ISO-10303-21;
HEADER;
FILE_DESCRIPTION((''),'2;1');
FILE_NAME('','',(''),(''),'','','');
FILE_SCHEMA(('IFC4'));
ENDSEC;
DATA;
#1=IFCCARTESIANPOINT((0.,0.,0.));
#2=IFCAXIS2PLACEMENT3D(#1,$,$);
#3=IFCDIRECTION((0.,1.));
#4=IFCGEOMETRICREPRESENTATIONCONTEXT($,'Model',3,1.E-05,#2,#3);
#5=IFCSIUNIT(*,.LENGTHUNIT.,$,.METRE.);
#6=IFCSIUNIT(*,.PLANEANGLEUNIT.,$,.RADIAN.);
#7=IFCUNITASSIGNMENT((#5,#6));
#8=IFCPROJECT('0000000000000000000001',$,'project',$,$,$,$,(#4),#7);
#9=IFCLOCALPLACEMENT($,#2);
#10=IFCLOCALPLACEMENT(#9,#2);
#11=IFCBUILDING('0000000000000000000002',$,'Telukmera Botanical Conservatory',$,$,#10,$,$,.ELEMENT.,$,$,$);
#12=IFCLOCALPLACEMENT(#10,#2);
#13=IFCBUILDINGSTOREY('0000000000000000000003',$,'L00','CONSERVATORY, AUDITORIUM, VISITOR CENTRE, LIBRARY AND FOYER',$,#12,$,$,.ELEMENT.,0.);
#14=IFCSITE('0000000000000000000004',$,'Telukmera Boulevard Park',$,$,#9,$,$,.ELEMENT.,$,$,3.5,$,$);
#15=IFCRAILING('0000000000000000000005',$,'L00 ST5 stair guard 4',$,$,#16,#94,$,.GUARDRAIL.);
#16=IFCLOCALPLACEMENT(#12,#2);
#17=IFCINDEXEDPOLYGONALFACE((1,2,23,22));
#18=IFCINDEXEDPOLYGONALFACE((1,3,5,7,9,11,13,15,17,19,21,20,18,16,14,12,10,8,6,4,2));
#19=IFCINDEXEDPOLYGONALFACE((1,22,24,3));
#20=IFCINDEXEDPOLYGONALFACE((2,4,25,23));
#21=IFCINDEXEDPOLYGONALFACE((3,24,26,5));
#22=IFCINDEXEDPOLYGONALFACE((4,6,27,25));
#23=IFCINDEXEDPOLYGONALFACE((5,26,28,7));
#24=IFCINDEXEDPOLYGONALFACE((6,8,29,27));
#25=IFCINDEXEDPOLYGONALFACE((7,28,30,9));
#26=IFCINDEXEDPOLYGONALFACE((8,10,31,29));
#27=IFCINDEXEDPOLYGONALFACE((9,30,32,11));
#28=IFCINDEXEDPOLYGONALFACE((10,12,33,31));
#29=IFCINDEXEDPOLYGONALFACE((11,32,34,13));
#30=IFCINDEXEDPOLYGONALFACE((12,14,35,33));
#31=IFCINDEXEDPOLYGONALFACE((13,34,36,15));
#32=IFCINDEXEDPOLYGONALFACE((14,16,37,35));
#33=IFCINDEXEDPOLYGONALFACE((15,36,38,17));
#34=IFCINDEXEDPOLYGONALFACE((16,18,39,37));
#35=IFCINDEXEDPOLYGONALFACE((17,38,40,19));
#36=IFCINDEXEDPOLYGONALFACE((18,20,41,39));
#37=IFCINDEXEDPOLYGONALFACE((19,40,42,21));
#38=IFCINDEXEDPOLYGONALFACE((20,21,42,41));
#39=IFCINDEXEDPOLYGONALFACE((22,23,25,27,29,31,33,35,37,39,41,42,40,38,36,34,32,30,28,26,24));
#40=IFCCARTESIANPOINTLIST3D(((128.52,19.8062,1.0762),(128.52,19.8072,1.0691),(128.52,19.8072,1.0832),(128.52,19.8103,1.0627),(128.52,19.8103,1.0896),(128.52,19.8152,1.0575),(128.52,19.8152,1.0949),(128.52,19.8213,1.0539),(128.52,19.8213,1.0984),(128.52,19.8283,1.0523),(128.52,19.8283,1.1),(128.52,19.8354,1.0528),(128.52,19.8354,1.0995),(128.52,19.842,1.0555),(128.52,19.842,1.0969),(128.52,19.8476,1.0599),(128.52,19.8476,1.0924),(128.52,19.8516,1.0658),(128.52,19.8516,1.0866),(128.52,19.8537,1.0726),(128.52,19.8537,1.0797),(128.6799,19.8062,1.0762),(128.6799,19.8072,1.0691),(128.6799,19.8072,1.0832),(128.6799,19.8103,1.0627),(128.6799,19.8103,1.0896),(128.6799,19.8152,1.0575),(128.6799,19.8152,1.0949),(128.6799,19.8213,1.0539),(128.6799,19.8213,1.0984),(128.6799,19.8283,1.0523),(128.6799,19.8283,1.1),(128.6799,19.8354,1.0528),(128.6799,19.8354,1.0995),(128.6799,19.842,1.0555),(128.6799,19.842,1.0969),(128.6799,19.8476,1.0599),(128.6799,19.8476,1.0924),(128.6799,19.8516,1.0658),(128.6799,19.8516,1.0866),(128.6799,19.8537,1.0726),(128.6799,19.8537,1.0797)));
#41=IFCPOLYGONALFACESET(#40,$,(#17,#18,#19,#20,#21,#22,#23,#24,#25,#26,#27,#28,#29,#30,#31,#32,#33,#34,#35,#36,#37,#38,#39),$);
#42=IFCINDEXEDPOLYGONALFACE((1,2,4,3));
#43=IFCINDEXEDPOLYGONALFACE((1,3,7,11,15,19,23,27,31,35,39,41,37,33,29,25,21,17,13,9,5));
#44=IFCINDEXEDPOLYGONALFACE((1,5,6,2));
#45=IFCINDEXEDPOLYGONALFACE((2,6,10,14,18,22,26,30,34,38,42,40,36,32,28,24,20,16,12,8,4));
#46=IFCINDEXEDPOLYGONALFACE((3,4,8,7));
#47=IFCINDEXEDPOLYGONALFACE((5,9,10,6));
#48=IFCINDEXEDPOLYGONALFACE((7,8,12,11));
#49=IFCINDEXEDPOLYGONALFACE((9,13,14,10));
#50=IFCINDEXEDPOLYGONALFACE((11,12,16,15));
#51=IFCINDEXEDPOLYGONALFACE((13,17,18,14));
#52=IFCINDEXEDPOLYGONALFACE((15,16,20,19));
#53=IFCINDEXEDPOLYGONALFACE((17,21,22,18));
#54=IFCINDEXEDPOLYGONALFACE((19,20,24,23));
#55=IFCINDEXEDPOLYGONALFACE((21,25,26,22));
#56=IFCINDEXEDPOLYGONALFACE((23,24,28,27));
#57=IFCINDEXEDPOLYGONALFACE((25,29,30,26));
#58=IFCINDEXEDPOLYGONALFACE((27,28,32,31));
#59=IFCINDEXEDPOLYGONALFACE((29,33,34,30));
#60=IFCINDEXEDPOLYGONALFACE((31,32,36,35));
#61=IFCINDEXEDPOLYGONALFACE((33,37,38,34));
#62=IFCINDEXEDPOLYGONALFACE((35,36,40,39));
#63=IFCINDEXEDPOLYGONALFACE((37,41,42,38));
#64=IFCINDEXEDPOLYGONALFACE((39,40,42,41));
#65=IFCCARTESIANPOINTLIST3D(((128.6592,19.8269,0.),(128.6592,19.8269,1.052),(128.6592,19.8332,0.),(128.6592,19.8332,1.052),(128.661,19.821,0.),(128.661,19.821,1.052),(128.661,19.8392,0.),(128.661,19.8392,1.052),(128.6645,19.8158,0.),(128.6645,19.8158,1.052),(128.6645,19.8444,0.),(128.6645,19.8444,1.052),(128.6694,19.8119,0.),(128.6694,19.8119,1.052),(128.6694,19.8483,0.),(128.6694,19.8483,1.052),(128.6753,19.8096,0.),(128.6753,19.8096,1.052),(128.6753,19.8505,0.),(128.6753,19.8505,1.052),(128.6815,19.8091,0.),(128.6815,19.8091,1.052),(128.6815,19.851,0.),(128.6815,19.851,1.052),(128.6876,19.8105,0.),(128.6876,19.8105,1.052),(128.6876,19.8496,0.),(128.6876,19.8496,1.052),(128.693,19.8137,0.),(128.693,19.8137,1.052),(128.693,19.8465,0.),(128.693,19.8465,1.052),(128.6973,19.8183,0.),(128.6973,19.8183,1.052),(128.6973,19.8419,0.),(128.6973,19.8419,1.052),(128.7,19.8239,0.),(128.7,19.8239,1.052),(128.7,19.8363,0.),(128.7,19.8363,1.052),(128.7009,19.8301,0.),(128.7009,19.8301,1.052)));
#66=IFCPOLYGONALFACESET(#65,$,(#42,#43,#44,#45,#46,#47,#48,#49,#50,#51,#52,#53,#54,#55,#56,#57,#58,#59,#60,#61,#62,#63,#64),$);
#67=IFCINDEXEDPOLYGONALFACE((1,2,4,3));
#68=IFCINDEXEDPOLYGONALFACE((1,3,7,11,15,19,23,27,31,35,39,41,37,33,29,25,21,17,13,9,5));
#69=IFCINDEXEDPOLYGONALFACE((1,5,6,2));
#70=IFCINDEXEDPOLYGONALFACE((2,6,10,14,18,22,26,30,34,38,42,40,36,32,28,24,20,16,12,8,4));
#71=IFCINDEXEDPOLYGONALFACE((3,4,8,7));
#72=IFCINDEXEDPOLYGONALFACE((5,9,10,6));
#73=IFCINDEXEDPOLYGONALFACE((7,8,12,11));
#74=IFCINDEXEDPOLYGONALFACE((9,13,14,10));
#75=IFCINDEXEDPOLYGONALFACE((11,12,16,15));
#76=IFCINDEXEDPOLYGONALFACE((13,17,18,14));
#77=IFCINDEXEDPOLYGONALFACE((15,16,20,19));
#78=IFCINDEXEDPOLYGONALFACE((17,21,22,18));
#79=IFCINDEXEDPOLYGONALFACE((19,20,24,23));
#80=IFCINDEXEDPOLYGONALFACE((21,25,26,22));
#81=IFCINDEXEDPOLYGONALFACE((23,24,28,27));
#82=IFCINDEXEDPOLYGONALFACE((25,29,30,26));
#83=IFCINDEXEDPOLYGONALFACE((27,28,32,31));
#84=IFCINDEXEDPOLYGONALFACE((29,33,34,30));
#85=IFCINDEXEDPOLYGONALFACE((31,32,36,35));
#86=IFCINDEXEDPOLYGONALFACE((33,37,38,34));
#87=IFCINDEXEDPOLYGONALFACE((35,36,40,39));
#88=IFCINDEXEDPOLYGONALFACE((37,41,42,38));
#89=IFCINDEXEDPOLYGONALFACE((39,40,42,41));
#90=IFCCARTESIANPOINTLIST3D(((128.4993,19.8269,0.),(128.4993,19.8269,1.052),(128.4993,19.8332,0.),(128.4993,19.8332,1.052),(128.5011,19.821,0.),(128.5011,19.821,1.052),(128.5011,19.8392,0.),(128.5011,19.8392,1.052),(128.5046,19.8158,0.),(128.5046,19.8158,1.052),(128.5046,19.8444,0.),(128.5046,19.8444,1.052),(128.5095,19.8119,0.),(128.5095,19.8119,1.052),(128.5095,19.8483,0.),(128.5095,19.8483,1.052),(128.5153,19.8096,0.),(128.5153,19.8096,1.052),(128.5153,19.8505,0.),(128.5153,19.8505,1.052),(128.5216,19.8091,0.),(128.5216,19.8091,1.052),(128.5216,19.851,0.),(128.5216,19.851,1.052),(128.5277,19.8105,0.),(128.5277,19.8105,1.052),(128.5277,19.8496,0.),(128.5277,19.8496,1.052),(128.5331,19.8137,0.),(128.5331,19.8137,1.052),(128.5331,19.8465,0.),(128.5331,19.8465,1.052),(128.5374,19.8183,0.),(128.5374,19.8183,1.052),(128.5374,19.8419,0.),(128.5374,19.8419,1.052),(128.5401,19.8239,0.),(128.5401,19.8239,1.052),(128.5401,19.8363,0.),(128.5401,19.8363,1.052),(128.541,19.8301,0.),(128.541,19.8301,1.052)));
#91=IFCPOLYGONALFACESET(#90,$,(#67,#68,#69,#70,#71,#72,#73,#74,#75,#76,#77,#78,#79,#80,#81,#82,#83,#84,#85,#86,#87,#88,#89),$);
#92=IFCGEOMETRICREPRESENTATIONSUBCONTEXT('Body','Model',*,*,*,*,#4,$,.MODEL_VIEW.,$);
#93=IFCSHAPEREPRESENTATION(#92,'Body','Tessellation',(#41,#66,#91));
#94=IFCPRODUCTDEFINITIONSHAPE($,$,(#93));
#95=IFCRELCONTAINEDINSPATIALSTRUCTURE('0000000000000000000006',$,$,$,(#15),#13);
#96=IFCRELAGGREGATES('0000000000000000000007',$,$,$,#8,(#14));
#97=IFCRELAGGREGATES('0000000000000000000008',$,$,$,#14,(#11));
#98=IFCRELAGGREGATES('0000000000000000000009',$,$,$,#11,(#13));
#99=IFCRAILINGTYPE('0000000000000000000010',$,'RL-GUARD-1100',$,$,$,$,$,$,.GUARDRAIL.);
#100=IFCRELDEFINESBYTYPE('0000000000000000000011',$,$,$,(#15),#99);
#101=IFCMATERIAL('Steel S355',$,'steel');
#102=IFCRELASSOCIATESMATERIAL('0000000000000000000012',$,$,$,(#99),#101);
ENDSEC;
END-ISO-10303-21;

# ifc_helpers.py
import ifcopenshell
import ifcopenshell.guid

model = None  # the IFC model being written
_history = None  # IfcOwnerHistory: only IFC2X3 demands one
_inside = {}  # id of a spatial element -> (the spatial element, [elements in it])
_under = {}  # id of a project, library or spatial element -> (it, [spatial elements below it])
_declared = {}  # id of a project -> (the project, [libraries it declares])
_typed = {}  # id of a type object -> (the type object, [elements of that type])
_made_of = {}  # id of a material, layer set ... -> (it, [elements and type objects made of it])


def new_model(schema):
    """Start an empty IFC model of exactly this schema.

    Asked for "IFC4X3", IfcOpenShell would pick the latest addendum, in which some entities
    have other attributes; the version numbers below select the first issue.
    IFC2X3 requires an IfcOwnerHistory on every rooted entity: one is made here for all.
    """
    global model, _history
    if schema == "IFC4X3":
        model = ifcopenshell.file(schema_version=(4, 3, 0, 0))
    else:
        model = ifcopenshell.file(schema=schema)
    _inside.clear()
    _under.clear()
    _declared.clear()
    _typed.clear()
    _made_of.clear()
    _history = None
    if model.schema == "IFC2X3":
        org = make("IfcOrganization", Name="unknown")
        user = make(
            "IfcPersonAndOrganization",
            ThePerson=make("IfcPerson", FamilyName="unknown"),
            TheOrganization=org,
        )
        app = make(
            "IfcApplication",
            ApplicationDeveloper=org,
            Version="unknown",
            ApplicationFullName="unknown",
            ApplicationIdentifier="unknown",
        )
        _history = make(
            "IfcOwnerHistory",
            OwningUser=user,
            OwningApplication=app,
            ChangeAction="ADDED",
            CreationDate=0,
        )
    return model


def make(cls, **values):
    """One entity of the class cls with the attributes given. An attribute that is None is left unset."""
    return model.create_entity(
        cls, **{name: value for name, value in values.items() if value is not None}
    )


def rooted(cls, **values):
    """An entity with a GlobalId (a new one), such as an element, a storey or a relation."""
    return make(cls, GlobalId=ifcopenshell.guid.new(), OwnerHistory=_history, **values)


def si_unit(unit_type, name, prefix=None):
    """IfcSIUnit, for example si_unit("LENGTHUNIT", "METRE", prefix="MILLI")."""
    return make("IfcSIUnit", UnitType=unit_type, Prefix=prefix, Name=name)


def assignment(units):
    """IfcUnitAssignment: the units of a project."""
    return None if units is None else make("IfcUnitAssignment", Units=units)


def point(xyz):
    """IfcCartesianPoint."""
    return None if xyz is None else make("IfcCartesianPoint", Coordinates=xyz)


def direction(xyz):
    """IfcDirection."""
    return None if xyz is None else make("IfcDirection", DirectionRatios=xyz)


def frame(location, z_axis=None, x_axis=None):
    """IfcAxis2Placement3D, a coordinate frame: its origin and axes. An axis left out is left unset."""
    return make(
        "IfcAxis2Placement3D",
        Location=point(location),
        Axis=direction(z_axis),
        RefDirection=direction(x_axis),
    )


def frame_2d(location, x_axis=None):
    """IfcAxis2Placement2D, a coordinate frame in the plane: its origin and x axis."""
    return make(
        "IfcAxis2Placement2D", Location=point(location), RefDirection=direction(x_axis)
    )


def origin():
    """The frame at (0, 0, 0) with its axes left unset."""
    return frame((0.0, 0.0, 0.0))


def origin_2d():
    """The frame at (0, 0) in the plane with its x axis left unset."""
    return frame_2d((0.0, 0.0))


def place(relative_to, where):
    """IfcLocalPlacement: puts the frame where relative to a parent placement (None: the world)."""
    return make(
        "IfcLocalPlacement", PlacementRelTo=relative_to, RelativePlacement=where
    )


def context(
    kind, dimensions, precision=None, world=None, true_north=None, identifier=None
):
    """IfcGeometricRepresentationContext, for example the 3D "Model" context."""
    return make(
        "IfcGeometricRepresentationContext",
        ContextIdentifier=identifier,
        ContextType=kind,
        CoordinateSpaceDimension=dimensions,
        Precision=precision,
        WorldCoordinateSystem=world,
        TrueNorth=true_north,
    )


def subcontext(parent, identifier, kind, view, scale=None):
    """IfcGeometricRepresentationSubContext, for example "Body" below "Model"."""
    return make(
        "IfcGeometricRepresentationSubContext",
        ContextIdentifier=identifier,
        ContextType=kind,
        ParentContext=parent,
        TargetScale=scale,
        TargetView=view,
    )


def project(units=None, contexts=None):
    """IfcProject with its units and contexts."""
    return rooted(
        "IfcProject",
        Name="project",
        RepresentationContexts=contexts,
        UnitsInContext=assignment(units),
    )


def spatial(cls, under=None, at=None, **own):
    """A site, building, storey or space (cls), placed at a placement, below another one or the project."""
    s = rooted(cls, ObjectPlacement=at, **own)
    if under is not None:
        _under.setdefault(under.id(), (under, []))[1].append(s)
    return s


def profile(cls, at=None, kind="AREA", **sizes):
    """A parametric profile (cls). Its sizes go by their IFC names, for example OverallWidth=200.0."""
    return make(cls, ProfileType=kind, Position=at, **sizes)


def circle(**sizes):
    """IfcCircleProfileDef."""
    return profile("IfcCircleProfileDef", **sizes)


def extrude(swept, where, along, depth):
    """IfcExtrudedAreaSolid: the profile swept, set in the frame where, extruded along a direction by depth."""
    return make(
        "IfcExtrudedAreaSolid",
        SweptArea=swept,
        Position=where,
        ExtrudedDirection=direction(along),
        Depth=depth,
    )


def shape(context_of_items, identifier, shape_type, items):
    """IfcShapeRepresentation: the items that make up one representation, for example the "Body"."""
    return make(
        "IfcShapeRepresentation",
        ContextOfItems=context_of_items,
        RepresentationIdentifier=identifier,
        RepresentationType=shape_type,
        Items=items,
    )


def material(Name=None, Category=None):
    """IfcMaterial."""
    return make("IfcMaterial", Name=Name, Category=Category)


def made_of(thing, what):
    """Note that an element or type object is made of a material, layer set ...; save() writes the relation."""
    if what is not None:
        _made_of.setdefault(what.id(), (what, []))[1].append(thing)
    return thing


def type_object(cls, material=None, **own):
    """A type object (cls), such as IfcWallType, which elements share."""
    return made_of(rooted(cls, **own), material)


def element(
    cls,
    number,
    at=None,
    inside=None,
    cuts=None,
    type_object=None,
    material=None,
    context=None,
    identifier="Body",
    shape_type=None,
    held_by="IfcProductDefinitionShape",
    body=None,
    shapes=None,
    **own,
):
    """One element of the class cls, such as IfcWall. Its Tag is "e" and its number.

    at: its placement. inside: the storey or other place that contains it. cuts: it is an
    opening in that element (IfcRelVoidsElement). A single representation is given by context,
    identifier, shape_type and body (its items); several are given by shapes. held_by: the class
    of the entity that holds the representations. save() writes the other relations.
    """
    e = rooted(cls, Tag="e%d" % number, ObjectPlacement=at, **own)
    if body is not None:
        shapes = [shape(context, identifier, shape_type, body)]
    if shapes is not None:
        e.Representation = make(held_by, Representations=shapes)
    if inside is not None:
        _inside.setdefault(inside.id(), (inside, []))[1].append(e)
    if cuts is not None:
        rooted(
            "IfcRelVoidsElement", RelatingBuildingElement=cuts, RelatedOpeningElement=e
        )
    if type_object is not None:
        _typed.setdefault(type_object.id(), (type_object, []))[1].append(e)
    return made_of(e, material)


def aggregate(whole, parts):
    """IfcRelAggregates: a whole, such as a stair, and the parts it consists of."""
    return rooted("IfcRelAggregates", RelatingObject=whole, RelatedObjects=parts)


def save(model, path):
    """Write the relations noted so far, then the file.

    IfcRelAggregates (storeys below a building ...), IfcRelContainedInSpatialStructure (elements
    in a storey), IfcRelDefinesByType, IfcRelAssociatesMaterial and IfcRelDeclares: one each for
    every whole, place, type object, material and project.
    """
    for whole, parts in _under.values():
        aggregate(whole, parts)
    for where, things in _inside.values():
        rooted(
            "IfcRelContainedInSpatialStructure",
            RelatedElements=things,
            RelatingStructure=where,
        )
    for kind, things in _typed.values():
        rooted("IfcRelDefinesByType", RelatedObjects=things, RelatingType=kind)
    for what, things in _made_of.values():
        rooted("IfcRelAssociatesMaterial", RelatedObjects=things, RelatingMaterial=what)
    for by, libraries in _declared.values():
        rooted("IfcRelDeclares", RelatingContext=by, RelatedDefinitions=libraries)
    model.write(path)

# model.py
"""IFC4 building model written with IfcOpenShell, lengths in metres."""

from ifc_helpers import new_model, si_unit, direction, frame, origin, origin_2d, place, context, subcontext, project, spatial, circle, extrude, material, type_object, element, save


model = new_model("IFC4")

# Units and contexts
model_context = context("Model", 3, precision=1e-05, world=origin(), true_north=direction((0.0, 1.0)))
body_context = subcontext(model_context, "Body", "Model", "MODEL_VIEW")
ifc_project = project(units=[si_unit("LENGTHUNIT", "METRE"), si_unit("PLANEANGLEUNIT", "RADIAN")], contexts=[model_context])

# Site, building, storey
site_placement = place(None, origin())
site = spatial("IfcSite", under=ifc_project, at=site_placement, Name="Telukmera Boulevard Park", CompositionType="ELEMENT", RefElevation=3.5)
building_placement = place(site_placement, origin())
building = spatial("IfcBuilding", under=site, at=building_placement, Name="Telukmera Botanical Conservatory", CompositionType="ELEMENT")
storey_placement = place(building_placement, origin())
storey = spatial("IfcBuildingStorey", under=building, at=storey_placement, Name="L00", Description="CONSERVATORY, AUDITORIUM, VISITOR CENTRE, LIBRARY AND FOYER", CompositionType="ELEMENT", Elevation=0.0)

# Shared definitions
ifc_material_1 = material(Name="Steel S355", Category="steel")

# Railing
railing_type_1 = type_object("IfcRailingType", Name="RL-GUARD-1100", PredefinedType="GUARDRAIL", material=ifc_material_1)
railing_1_placement = place(storey_placement, frame((128.6799, 19.8301, 0.0)))
element("IfcRailing", 1, at=railing_1_placement, inside=storey, type_object=railing_type_1, Name="L00 ST5 stair guard 4", PredefinedType="GUARDRAIL", context=body_context, shape_type="SweptSolid", body=[
    extrude(circle(Radius=0.0239, at=origin_2d()), frame((0.0, 0.0, 1.0762), z_axis=(-1.0, 0.0, 0.0), x_axis=(0.0, -1.0, 0.0)), (0.0, 0.0, 1.0), 0.1599),
    extrude(circle(Radius=0.021, at=origin_2d()), origin(), (0.0, 0.0, 1.0), 1.052),
    extrude(circle(Radius=0.021, at=origin_2d()), frame((-0.1599, 0.0, 0.0)), (0.0, 0.0, 1.0), 1.052),
])

save(model, "model.ifc")
